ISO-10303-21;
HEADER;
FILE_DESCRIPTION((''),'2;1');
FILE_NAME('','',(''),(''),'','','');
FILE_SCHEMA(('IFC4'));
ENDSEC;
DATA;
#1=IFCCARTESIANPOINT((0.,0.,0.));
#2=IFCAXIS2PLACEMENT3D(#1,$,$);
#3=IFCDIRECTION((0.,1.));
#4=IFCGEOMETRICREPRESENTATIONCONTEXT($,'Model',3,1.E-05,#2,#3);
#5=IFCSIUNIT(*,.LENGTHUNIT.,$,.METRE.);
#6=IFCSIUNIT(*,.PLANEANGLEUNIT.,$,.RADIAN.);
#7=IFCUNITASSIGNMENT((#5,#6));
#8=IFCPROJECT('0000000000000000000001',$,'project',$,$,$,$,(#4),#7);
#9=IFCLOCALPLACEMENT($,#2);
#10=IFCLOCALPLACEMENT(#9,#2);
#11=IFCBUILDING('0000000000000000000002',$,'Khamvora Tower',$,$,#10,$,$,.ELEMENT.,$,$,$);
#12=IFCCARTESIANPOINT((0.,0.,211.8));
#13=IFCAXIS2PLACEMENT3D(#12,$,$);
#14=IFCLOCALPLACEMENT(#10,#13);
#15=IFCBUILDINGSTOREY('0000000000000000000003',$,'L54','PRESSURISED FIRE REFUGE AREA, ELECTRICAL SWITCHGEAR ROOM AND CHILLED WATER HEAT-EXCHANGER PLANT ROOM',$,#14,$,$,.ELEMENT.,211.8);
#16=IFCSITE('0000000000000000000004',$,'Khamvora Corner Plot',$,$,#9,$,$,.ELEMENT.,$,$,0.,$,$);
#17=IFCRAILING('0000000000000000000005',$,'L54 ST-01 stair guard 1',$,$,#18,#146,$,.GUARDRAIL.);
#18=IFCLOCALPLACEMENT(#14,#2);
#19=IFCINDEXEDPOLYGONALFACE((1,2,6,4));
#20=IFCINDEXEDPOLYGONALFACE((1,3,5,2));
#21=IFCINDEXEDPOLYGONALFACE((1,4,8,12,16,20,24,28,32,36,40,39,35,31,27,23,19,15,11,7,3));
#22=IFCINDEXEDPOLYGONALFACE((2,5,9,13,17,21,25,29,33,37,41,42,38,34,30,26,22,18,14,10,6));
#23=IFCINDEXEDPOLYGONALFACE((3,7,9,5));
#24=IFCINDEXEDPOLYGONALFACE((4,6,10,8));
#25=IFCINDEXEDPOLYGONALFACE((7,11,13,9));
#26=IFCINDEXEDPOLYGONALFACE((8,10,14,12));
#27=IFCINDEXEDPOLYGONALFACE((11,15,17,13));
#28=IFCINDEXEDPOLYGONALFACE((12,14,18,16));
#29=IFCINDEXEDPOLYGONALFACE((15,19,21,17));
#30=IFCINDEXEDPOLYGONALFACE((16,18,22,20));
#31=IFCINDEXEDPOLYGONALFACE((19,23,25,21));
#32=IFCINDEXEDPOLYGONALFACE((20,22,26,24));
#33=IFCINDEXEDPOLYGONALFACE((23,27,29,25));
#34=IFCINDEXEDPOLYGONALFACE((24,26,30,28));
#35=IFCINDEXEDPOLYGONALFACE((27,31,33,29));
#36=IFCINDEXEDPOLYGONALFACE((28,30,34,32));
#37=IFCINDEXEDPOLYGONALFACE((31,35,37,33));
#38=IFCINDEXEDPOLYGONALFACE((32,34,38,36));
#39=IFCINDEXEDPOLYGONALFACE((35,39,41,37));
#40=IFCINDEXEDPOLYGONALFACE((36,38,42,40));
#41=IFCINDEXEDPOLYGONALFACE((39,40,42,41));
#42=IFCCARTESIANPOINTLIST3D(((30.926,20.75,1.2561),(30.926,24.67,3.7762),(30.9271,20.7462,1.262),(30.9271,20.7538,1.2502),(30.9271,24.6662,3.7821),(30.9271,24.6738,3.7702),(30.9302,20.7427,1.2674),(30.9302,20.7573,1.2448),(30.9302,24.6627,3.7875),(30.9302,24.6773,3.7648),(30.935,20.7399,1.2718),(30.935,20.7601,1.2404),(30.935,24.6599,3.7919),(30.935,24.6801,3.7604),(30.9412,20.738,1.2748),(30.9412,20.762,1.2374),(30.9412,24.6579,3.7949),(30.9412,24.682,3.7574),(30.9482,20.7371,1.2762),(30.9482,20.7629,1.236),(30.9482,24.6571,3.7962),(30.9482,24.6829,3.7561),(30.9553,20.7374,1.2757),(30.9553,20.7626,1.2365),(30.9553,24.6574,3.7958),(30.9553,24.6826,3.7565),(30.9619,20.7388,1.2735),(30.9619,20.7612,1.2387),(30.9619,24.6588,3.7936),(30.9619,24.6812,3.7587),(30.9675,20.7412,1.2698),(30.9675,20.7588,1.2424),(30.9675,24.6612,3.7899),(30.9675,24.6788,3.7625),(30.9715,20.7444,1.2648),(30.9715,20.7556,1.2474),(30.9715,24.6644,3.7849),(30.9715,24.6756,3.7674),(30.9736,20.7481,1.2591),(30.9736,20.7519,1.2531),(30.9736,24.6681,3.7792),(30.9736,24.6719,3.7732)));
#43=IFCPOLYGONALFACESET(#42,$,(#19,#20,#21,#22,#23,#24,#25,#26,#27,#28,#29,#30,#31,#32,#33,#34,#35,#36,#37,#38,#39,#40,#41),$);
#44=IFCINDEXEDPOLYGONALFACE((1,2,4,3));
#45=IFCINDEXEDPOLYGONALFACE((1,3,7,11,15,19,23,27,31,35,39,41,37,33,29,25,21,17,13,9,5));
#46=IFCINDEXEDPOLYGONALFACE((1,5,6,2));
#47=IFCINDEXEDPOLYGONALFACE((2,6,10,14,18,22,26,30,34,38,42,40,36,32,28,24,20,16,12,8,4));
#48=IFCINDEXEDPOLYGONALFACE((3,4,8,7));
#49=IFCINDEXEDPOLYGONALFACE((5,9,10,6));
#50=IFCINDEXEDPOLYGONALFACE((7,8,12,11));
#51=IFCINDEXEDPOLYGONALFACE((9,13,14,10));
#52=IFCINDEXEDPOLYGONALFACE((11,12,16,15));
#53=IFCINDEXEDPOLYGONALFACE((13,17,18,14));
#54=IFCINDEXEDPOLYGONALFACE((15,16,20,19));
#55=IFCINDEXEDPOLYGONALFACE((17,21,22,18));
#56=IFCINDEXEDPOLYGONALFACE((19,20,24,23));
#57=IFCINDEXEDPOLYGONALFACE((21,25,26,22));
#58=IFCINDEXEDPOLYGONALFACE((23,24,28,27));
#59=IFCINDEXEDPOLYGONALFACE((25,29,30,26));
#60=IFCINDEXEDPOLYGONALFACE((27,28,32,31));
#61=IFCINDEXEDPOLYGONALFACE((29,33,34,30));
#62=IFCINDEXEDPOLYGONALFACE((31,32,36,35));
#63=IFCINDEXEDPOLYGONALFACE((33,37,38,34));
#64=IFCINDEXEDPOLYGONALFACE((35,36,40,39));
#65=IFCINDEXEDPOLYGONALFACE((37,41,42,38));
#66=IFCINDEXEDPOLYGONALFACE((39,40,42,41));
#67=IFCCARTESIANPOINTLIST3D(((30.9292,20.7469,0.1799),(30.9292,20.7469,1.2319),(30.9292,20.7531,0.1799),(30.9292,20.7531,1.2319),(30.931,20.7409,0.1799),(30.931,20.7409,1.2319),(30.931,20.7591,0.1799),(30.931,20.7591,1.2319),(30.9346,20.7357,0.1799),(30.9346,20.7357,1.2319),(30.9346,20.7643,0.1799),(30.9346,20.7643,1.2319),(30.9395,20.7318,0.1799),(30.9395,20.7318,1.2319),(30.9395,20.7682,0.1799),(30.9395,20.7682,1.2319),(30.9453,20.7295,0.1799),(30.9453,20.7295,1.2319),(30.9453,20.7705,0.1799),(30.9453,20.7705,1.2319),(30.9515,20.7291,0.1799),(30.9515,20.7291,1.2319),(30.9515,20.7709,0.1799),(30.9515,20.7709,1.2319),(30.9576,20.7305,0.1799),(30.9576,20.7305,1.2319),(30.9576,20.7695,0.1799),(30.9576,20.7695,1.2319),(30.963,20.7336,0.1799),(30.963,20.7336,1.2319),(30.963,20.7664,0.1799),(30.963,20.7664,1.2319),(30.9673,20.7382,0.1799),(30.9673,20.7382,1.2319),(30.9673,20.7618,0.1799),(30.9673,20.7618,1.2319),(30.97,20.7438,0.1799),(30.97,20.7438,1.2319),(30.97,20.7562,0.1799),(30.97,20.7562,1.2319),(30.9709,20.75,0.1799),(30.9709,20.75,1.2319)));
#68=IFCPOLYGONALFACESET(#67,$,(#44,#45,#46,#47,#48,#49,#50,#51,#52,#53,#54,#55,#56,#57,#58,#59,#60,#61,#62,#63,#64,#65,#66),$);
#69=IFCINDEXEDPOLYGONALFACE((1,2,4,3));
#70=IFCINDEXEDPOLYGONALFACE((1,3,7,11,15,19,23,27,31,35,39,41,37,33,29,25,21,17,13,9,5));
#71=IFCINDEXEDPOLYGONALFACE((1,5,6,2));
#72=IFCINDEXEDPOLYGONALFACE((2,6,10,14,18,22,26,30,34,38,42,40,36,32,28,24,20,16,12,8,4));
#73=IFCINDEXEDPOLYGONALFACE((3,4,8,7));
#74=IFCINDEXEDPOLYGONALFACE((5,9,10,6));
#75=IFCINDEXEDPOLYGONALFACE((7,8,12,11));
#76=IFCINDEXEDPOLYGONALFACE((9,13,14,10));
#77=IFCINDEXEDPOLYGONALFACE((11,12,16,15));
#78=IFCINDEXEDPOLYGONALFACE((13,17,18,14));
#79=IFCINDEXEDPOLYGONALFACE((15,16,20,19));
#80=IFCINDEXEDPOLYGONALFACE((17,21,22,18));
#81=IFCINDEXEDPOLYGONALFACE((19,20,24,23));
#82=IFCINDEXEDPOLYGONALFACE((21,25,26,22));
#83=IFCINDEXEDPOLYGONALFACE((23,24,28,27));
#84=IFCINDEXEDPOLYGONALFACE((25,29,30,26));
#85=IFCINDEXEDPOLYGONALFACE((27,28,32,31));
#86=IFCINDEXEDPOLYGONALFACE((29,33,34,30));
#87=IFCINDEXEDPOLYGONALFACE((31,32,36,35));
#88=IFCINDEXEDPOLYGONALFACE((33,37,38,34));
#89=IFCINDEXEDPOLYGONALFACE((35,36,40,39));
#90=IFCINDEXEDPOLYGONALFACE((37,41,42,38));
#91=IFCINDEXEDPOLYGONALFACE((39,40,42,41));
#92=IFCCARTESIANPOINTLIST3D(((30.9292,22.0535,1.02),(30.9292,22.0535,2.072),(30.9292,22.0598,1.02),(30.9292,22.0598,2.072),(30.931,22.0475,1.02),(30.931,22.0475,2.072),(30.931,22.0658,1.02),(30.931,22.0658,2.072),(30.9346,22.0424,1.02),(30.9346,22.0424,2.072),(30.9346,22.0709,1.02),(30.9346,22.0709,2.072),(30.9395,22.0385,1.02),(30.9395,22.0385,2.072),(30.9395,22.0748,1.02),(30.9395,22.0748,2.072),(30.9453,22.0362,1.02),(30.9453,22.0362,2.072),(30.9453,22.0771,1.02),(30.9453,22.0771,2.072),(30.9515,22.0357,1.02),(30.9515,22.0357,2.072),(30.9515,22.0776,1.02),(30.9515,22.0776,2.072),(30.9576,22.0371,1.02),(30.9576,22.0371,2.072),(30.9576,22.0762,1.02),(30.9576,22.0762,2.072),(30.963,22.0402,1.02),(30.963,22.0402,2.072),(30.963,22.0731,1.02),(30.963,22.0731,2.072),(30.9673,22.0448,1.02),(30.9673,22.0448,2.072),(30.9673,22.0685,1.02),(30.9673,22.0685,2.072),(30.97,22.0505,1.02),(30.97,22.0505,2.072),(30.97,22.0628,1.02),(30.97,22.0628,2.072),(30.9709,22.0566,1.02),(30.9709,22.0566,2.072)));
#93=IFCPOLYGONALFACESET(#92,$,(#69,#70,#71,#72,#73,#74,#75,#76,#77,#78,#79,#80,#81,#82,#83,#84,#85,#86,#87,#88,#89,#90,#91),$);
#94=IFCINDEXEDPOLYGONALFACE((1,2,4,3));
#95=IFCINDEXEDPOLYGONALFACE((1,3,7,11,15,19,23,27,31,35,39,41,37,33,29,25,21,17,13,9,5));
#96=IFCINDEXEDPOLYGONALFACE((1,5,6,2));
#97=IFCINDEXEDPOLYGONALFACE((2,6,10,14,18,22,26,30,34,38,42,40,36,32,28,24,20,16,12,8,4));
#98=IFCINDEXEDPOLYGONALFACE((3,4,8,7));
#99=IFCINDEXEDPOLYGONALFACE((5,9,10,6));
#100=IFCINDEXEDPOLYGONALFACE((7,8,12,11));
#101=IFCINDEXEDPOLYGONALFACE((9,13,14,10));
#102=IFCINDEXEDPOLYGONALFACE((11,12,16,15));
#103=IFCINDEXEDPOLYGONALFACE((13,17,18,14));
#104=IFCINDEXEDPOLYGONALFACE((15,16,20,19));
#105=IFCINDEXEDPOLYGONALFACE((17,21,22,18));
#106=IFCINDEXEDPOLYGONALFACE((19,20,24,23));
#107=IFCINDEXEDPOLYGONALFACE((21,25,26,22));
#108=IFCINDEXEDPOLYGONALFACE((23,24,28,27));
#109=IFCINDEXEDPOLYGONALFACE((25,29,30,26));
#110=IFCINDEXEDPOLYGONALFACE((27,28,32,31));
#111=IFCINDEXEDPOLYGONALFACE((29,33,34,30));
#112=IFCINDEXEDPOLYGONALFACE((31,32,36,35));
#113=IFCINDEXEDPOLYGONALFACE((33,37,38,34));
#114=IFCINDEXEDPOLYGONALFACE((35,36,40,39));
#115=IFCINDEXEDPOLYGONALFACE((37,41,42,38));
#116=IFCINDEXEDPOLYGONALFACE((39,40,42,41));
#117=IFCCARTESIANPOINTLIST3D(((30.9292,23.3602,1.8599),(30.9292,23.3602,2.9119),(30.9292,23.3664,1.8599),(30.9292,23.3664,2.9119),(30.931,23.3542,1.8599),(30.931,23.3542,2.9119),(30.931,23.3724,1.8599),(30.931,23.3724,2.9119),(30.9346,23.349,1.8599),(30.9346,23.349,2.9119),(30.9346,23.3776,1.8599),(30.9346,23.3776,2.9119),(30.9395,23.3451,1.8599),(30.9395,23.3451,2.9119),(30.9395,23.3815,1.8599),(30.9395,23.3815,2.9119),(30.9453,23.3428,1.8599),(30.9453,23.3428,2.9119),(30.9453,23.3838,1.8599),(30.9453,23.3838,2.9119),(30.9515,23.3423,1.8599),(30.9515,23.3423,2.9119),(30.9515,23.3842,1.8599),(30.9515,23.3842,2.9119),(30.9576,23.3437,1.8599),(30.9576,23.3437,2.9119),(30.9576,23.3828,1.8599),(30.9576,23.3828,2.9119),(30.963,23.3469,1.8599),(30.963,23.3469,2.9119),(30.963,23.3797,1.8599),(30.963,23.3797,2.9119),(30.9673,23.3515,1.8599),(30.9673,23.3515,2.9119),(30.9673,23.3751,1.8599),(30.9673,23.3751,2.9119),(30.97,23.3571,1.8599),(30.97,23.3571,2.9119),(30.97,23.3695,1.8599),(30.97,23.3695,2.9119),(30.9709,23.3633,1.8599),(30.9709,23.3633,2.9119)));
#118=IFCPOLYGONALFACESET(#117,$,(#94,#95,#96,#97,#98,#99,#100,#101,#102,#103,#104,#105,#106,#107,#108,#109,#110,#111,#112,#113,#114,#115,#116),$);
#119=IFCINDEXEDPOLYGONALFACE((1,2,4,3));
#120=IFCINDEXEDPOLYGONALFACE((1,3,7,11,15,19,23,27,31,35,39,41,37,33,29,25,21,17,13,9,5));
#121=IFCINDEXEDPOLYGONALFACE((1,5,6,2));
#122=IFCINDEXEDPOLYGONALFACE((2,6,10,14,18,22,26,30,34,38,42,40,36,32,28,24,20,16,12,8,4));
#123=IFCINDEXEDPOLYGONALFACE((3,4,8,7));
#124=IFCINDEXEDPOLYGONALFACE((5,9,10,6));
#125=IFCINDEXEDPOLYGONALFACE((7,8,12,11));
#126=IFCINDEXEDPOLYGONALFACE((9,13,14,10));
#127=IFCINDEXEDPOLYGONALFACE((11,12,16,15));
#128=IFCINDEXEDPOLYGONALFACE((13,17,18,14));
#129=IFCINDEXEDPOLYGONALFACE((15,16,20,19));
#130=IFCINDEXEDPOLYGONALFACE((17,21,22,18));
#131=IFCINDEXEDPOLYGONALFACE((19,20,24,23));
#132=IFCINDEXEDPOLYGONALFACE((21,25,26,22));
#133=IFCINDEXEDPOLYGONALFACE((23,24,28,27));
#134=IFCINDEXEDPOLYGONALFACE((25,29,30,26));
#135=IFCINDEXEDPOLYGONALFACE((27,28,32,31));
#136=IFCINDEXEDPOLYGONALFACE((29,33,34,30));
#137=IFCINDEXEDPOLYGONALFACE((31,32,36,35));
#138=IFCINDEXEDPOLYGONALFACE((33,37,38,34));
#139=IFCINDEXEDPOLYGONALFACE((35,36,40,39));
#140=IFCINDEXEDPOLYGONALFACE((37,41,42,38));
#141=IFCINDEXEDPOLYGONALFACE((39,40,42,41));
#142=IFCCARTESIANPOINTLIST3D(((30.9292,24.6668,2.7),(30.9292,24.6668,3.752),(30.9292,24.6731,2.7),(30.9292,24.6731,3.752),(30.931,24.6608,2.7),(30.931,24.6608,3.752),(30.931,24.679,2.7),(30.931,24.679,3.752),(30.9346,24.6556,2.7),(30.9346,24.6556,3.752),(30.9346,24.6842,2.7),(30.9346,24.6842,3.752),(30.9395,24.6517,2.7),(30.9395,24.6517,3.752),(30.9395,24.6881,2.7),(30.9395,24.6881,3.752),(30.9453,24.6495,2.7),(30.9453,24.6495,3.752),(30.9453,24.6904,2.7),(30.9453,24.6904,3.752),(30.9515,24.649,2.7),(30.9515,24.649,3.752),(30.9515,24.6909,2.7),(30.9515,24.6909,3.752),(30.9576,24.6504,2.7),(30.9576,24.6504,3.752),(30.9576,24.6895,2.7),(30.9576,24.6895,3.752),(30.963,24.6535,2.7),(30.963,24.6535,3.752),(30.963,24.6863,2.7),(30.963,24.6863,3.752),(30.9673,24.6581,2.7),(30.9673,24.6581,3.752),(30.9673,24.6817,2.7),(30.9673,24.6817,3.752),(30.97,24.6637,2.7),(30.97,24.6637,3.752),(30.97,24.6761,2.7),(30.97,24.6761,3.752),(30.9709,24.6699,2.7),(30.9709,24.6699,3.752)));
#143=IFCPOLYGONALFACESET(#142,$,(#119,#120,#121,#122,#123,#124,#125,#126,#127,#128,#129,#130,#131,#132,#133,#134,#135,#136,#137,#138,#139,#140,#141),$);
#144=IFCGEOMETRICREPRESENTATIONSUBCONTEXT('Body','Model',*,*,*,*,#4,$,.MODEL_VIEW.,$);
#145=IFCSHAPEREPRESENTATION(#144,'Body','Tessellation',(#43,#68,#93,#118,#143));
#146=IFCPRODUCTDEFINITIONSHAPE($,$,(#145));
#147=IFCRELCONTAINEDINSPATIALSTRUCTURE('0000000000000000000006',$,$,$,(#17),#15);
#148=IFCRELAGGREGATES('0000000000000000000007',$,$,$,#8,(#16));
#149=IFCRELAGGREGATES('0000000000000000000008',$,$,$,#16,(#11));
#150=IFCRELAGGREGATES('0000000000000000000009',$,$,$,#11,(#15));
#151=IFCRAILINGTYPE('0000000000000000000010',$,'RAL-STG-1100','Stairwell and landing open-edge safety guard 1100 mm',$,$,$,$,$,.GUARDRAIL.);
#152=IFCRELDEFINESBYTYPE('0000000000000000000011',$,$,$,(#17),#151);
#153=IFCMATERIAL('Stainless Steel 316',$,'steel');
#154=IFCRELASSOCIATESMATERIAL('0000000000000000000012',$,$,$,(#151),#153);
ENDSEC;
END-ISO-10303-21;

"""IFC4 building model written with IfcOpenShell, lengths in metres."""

from ifc_helpers import new_model, si_unit, direction, frame, origin, origin_2d, place, context, subcontext, project, spatial, circle, extrude, material, type_object, element, save


model = new_model("IFC4")

# Units and contexts
model_context = context("Model", 3, precision=1e-05, world=origin(), true_north=direction((0.0, 1.0)))
body_context = subcontext(model_context, "Body", "Model", "MODEL_VIEW")
ifc_project = project(units=[si_unit("LENGTHUNIT", "METRE"), si_unit("PLANEANGLEUNIT", "RADIAN")], contexts=[model_context])

# Site, building, storey
site_placement = place(None, origin())
site = spatial("IfcSite", under=ifc_project, at=site_placement, Name="Khamvora Corner Plot", CompositionType="ELEMENT", RefElevation=0.0)
building_placement = place(site_placement, origin())
building = spatial("IfcBuilding", under=site, at=building_placement, Name="Khamvora Tower", CompositionType="ELEMENT")
storey_placement = place(building_placement, frame((0.0, 0.0, 211.8)))
storey = spatial("IfcBuildingStorey", under=building, at=storey_placement, Name="L54", Description="PRESSURISED FIRE REFUGE AREA, ELECTRICAL SWITCHGEAR ROOM AND CHILLED WATER HEAT-EXCHANGER PLANT ROOM", CompositionType="ELEMENT", Elevation=211.8)

# Railing
ifc_material_1 = material(Name="Stainless Steel 316", Category="steel")
railing_type_1 = type_object("IfcRailingType", Name="RAL-STG-1100", Description="Stairwell and landing open-edge safety guard 1100 mm", PredefinedType="GUARDRAIL", material=ifc_material_1)
railing_1_placement = place(storey_placement, frame((30.95, 20.75, 0.1799)))
element("IfcRailing", 1, at=railing_1_placement, inside=storey, type_object=railing_type_1, Name="L54 ST-01 stair guard 1", PredefinedType="GUARDRAIL", context=body_context, shape_type="SweptSolid", body=[
    extrude(circle(Radius=0.0239, at=origin_2d()), frame((0.0, 0.0, 1.0762), z_axis=(0.0, 0.841172, 0.540768), x_axis=(-1.0, 0.0, 0.0)), (0.0, 0.0, 1.0), 4.6602),
    extrude(circle(Radius=0.021, at=origin_2d()), origin(), (0.0, 0.0, 1.0), 1.052),
    extrude(circle(Radius=0.021, at=origin_2d()), frame((0.0, 1.3066, 0.8401)), (0.0, 0.0, 1.0), 1.052),
    extrude(circle(Radius=0.021, at=origin_2d()), frame((0.0, 2.6133, 1.6799)), (0.0, 0.0, 1.0), 1.052),
    extrude(circle(Radius=0.021, at=origin_2d()), frame((0.0, 3.9199, 2.52)), (0.0, 0.0, 1.0), 1.052),
])

save(model, "model.ifc")
